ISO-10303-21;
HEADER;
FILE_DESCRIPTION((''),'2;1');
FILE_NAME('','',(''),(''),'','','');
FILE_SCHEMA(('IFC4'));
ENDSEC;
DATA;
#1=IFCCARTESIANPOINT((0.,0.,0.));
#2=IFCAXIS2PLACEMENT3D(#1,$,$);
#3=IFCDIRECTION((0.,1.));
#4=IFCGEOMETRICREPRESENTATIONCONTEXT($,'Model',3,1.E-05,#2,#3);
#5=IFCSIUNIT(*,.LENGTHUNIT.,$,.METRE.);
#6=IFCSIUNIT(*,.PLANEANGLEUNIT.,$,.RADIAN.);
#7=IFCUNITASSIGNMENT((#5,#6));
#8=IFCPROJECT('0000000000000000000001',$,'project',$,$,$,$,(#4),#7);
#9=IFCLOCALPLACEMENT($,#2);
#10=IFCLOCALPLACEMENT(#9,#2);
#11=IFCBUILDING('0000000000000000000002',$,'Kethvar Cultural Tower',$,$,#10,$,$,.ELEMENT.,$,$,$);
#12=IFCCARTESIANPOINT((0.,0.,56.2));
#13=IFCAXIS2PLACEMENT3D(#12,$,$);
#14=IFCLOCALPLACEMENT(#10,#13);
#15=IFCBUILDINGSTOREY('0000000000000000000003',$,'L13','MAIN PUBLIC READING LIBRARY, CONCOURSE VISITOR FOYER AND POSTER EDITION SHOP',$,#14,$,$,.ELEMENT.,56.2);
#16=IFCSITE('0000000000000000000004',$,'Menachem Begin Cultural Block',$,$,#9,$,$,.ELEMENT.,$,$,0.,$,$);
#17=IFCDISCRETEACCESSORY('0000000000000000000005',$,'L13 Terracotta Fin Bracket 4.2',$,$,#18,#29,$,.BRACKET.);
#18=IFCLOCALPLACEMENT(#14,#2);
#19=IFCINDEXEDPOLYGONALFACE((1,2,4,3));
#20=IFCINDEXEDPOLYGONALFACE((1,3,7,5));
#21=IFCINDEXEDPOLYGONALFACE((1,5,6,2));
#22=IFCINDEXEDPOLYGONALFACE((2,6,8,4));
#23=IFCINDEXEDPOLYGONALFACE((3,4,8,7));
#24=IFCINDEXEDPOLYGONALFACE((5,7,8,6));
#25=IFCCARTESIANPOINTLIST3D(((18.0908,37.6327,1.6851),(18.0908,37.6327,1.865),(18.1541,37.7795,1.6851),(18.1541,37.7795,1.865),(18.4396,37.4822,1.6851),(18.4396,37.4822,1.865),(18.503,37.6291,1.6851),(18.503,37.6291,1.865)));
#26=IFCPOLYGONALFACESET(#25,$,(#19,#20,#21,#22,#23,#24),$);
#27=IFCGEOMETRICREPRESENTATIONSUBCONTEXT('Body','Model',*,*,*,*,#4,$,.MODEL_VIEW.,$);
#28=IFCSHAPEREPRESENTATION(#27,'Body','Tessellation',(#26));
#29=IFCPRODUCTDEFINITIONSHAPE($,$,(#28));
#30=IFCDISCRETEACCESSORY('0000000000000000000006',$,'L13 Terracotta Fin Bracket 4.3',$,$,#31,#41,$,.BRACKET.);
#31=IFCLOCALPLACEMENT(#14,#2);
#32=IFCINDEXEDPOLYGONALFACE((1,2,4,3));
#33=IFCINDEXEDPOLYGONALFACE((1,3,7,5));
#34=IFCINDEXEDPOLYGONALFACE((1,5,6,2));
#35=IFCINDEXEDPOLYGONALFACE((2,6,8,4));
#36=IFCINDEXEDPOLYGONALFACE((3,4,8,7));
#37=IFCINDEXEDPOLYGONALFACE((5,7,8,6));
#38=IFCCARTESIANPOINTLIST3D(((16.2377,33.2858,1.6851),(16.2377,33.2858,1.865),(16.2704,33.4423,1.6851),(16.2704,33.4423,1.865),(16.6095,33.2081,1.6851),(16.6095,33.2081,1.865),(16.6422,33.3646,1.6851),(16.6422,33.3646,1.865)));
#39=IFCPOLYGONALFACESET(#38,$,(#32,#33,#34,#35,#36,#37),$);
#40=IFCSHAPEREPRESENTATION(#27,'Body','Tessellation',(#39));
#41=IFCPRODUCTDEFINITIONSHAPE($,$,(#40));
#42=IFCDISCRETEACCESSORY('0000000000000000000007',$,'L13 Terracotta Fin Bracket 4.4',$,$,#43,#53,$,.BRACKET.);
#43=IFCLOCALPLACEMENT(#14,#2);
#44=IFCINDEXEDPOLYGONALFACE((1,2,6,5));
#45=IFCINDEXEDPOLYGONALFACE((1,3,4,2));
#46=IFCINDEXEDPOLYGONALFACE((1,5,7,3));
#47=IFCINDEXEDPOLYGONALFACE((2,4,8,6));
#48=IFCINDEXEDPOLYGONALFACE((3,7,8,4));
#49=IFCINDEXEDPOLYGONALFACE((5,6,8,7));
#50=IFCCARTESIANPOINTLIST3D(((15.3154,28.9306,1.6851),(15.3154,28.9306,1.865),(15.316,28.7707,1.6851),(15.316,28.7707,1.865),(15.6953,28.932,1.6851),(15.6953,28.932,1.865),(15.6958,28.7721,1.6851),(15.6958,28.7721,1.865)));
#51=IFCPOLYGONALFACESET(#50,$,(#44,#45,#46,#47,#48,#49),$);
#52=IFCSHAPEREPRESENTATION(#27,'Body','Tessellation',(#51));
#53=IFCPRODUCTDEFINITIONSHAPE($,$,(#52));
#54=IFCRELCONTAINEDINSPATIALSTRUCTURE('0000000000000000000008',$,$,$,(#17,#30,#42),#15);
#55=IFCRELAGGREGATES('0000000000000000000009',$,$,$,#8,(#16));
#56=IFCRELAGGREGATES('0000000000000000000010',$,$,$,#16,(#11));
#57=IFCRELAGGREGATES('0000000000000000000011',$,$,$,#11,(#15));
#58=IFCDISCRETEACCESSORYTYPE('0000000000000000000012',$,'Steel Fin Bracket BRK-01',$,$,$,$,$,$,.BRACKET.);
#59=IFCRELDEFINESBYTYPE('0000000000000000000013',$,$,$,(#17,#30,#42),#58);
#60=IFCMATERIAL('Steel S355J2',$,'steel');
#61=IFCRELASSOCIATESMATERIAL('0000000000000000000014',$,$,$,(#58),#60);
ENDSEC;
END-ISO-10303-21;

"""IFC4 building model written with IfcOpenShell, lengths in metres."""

from ifc_helpers import new_model, si_unit, direction, frame, origin, origin_2d, place, context, subcontext, project, spatial, rectangle, extrude, source, transform, mapped, material, type_object, element, save


model = new_model("IFC4")

# Units and contexts
model_context = context("Model", 3, precision=1e-05, world=origin(), true_north=direction((0.0, 1.0)))
body_context = subcontext(model_context, "Body", "Model", "MODEL_VIEW")
ifc_project = project(units=[si_unit("LENGTHUNIT", "METRE"), si_unit("PLANEANGLEUNIT", "RADIAN")], contexts=[model_context])

# Site, building, storey
site_placement = place(None, origin())
site = spatial("IfcSite", under=ifc_project, at=site_placement, Name="Menachem Begin Cultural Block", CompositionType="ELEMENT", RefElevation=0.0)
building_placement = place(site_placement, origin())
building = spatial("IfcBuilding", under=site, at=building_placement, Name="Kethvar Cultural Tower", CompositionType="ELEMENT")
storey_placement = place(building_placement, frame((0.0, 0.0, 56.2)))
storey = spatial("IfcBuildingStorey", under=building, at=storey_placement, Name="L13", Description="MAIN PUBLIC READING LIBRARY, CONCOURSE VISITOR FOYER AND POSTER EDITION SHOP", CompositionType="ELEMENT", Elevation=56.2)

# Shared definitions
ifc_material_1 = material(Name="Steel S355J2", Category="steel")

# Discrete accessories
discrete_accessory_type = type_object("IfcDiscreteAccessoryType", Name="Steel Fin Bracket BRK-01", PredefinedType="BRACKET", material=ifc_material_1)
shared_shape_1 = source(origin(), body_context, "Body", "SweptSolid", [
    extrude(rectangle(XDim=0.3799, YDim=0.1599, at=origin_2d()), origin(), (0.0, 0.0, 1.0), 0.1799),
])
for number, where, z_axis, x_axis, name in (
    (1, (18.2969, 37.6309, 1.6851), (0.0, 0.0, 1.0), (-0.918239, 0.396026, 0.0), "L13 Terracotta Fin Bracket 4.2"),
    (2, (16.4399, 33.3252, 1.6851), (0.0, 0.0, 1.0), (-0.978867, 0.204496, 0.0), "L13 Terracotta Fin Bracket 4.3"),
    (3, (15.5056, 28.8513, 1.6851), (0.0, 0.0, 1.0), (-0.999993, -0.003665, 0.0), "L13 Terracotta Fin Bracket 4.4"),
):
    element("IfcDiscreteAccessory", number, at=place(storey_placement, frame(where, z_axis=z_axis, x_axis=x_axis)), inside=storey, type_object=discrete_accessory_type, Name=name, PredefinedType="BRACKET", context=body_context, shape_type="MappedRepresentation", body=[
        mapped(shared_shape_1, transform((0.0, 0.0, 0.0), scale=1.0)),
    ])

save(model, "model.ifc")
